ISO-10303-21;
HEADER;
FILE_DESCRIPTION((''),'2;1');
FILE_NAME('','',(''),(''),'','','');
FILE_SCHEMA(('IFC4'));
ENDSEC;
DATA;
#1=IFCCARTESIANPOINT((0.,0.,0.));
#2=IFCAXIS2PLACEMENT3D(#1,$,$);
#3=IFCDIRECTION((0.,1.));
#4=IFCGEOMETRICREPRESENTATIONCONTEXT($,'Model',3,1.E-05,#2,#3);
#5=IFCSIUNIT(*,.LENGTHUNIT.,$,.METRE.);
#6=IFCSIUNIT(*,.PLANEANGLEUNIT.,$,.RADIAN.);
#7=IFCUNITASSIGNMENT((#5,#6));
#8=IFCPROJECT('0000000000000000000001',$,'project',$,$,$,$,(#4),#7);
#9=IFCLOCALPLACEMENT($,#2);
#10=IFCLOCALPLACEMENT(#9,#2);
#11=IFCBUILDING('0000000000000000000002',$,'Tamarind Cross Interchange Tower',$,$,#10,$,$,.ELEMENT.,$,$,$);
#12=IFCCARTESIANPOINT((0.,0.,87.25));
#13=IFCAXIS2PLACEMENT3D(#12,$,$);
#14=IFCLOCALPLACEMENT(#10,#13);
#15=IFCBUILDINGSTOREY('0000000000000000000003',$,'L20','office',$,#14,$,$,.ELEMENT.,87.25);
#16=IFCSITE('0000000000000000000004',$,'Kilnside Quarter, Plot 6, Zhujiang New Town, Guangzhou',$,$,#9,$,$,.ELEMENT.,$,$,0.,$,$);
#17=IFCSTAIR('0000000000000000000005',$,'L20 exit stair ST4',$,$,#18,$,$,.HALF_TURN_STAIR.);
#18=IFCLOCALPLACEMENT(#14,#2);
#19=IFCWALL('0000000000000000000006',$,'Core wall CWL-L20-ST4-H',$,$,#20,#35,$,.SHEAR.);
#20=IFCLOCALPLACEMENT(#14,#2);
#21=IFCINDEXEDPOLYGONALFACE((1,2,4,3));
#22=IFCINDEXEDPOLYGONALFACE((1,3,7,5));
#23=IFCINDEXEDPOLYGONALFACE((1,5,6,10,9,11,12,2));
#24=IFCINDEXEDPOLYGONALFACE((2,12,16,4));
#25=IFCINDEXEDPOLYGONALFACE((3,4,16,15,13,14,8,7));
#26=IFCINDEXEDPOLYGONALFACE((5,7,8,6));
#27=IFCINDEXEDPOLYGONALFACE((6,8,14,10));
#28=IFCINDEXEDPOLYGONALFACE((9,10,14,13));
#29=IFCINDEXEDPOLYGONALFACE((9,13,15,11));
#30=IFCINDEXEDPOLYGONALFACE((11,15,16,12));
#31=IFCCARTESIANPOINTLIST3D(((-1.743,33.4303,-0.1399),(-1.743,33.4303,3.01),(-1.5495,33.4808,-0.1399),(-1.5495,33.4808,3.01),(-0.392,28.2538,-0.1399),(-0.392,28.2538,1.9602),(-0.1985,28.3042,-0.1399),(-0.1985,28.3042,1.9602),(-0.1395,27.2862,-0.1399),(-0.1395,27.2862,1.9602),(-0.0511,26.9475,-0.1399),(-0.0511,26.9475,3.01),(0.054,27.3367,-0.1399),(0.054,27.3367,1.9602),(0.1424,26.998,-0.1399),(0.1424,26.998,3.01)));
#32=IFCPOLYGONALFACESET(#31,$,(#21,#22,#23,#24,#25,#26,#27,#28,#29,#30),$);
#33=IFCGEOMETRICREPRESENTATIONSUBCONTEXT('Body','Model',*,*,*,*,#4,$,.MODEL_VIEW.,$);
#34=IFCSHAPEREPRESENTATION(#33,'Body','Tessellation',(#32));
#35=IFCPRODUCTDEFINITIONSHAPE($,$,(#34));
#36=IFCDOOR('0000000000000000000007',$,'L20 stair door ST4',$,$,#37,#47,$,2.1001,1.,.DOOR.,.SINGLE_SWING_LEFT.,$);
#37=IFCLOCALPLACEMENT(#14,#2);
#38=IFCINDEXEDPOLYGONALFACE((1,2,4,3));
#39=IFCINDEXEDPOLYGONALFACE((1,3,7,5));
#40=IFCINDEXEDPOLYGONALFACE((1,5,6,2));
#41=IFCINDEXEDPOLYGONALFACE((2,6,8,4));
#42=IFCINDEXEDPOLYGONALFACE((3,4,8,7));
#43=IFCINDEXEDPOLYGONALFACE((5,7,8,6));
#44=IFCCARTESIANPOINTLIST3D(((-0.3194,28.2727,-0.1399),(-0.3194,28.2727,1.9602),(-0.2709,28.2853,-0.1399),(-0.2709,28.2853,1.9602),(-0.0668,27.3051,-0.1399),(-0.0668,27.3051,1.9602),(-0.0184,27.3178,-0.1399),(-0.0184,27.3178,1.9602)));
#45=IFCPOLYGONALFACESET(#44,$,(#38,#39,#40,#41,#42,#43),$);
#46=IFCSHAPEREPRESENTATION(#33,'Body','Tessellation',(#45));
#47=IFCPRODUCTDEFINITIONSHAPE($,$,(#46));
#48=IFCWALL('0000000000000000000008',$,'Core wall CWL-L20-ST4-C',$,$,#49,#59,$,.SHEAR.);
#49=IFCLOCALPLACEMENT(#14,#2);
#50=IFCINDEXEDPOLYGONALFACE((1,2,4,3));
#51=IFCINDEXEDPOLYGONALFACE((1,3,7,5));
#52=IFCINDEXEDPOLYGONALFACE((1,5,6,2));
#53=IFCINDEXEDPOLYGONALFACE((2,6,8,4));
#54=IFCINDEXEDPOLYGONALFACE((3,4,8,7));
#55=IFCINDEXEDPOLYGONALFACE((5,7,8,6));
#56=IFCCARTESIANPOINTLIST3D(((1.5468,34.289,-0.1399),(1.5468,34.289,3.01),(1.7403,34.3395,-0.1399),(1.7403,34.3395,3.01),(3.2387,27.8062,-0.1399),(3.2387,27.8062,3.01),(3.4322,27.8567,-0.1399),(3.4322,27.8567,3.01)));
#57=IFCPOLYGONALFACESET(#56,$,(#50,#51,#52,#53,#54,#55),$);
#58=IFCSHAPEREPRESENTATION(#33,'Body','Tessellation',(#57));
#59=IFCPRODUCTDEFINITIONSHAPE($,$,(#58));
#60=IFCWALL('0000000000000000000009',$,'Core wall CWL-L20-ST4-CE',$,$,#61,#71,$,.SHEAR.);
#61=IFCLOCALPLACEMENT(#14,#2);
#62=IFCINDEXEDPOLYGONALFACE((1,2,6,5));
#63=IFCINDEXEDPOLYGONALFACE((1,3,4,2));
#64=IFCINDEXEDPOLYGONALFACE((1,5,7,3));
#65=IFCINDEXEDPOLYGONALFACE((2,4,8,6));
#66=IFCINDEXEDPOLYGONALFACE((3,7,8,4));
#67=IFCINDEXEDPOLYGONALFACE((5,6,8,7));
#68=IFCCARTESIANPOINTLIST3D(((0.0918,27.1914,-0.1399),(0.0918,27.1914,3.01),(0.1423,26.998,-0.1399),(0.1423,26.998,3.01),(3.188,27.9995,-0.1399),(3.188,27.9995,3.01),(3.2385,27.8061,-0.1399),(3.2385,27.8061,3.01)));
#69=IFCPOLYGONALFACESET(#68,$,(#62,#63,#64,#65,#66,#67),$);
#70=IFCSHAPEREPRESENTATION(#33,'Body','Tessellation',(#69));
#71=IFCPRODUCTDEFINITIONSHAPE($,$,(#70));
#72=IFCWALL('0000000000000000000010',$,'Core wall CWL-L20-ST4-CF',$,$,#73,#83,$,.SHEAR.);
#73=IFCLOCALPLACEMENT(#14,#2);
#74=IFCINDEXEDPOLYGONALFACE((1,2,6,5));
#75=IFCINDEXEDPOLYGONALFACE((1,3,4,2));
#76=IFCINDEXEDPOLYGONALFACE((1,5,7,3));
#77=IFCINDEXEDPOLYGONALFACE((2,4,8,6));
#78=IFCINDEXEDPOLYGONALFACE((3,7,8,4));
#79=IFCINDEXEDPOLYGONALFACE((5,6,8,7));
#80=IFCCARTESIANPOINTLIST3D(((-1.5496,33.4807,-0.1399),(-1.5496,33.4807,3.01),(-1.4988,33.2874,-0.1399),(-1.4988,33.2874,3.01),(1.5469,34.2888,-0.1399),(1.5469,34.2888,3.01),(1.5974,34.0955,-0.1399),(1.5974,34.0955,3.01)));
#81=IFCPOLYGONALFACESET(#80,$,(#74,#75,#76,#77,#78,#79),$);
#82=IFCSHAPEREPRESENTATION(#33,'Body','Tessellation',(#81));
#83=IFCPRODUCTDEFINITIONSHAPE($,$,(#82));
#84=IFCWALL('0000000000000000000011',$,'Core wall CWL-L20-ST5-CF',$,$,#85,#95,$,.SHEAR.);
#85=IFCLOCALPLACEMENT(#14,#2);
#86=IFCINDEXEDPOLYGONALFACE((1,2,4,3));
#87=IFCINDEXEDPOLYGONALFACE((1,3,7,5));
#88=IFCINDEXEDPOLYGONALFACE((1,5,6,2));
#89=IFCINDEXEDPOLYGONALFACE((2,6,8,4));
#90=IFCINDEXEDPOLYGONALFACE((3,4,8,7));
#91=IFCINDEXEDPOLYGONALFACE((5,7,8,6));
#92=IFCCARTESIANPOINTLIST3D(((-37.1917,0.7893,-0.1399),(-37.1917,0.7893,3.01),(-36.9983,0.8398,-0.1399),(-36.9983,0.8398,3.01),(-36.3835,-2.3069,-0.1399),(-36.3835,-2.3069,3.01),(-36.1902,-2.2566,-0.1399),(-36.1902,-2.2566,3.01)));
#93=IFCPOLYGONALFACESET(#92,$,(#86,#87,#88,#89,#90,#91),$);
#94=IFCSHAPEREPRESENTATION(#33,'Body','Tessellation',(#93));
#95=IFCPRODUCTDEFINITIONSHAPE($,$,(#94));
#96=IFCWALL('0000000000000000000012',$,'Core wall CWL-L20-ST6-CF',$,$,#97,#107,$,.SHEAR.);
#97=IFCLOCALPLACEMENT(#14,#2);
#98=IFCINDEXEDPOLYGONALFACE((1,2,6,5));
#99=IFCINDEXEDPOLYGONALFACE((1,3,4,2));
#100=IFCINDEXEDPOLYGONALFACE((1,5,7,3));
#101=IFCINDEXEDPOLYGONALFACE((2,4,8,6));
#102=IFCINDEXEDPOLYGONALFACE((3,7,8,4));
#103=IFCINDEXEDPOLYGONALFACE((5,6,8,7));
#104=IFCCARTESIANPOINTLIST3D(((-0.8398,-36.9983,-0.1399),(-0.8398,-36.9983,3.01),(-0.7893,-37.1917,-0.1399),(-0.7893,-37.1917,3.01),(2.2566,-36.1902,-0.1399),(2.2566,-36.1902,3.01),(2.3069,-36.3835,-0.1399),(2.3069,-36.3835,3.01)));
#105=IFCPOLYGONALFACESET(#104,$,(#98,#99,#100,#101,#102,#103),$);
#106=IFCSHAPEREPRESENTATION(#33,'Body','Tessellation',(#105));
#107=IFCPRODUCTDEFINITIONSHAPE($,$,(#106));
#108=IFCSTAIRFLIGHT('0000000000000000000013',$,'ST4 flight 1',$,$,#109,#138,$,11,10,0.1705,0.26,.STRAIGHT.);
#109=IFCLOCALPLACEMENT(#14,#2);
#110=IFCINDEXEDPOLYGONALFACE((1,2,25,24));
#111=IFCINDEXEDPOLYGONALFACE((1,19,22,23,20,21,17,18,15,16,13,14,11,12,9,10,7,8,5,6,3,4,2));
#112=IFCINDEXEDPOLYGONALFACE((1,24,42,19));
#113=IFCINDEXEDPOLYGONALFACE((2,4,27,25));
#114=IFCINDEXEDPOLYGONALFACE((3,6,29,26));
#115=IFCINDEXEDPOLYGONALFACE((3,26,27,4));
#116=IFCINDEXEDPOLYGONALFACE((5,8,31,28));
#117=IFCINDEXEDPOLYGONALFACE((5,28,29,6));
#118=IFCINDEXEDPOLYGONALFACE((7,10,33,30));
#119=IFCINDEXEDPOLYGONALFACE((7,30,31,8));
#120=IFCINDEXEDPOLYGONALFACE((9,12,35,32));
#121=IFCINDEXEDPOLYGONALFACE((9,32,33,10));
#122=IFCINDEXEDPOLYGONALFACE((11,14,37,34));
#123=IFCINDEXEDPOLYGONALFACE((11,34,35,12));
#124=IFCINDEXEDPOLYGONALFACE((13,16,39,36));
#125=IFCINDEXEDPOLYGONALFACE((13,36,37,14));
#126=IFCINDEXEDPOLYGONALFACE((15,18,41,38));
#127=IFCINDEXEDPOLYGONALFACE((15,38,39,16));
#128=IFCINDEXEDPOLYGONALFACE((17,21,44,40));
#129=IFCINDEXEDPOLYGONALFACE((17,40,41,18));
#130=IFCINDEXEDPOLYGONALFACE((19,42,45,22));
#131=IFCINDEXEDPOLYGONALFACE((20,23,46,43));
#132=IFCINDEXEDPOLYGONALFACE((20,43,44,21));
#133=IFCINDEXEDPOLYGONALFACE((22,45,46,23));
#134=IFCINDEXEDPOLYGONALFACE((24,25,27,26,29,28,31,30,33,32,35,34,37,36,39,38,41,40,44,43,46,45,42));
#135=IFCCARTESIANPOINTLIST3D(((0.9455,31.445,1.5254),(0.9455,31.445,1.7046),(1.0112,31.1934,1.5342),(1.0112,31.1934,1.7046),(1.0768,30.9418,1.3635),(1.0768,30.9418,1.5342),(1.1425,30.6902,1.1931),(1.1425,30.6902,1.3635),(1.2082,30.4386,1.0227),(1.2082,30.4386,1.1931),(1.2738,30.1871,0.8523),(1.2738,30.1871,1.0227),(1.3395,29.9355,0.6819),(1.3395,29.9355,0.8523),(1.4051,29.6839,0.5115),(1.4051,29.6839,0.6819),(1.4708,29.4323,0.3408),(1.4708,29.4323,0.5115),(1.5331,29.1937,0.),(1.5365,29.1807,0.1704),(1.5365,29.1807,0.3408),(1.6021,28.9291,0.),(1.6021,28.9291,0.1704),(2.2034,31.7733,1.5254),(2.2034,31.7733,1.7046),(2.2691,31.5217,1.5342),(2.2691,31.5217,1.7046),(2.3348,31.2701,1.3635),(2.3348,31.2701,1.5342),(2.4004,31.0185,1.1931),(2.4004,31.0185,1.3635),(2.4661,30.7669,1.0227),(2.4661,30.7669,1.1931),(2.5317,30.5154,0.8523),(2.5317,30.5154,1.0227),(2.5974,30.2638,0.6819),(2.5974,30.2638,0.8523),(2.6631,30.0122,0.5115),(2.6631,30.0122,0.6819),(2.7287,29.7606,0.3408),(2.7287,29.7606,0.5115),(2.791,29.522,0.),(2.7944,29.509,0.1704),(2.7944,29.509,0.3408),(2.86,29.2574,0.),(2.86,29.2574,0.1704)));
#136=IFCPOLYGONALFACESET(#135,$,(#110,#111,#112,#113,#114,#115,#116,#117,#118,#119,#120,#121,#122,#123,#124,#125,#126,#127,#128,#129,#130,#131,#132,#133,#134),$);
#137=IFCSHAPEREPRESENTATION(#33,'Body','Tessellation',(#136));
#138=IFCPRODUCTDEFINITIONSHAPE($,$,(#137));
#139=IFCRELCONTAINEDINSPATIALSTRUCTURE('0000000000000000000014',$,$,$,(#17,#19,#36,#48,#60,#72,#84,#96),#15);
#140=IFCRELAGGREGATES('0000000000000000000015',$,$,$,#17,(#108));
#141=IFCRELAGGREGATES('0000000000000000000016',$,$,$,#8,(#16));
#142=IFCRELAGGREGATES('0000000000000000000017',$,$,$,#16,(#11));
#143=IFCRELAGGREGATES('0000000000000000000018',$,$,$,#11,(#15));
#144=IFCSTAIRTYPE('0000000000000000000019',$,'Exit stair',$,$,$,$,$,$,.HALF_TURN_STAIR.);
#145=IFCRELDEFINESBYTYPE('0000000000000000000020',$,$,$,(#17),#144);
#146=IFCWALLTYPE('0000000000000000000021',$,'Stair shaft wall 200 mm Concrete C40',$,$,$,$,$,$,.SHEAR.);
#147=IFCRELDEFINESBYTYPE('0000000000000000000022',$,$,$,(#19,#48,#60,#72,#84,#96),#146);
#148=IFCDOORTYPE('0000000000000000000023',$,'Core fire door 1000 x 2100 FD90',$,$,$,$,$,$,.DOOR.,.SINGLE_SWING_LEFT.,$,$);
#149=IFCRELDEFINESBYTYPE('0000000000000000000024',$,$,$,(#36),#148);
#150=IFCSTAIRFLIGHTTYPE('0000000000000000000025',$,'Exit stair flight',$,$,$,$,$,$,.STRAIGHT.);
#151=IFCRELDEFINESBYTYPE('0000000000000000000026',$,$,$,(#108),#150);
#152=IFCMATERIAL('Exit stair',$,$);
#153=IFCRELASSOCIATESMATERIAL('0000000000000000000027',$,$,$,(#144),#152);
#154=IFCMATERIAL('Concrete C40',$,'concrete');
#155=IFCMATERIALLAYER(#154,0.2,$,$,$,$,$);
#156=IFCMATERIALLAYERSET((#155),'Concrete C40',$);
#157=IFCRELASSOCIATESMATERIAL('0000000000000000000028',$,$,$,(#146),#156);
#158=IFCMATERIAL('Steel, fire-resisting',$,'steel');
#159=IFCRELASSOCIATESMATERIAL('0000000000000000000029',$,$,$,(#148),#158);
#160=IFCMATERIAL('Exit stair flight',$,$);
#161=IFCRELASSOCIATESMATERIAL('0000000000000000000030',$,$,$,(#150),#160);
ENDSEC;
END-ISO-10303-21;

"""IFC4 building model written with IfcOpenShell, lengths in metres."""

from ifc_helpers import new_model, si_unit, direction, frame, frame_2d, origin, place, context, subcontext, project, spatial, polyline, rectangle, outline, extrude, material, layer, layer_set, type_object, element, fill, aggregate, save


model = new_model("IFC4")

# Units and contexts
model_context = context("Model", 3, precision=1e-05, world=origin(), true_north=direction((0.0, 1.0)))
body_context = subcontext(model_context, "Body", "Model", "MODEL_VIEW")
ifc_project = project(units=[si_unit("LENGTHUNIT", "METRE"), si_unit("PLANEANGLEUNIT", "RADIAN")], contexts=[model_context])

# Site, building, storey
site_placement = place(None, origin())
site = spatial("IfcSite", under=ifc_project, at=site_placement, Name="Kilnside Quarter, Plot 6, Zhujiang New Town, Guangzhou", CompositionType="ELEMENT", RefElevation=0.0)
building_placement = place(site_placement, origin())
building = spatial("IfcBuilding", under=site, at=building_placement, Name="Tamarind Cross Interchange Tower", CompositionType="ELEMENT")
storey_placement = place(building_placement, frame((0.0, 0.0, 87.25)))
storey = spatial("IfcBuildingStorey", under=building, at=storey_placement, Name="L20", Description="office", CompositionType="ELEMENT", Elevation=87.25)

# Stair
ifc_material_1 = material(Name="Exit stair")
stair_type = type_object("IfcStairType", Name="Exit stair", PredefinedType="HALF_TURN_STAIR", material=ifc_material_1)
ifc_material_2 = material(Name="Concrete C40", Category="concrete")
stair_1_placement = place(storey_placement, origin())
stair_1 = element("IfcStair", 1, at=stair_1_placement, inside=storey, type_object=stair_type, Name="L20 exit stair ST4", PredefinedType="HALF_TURN_STAIR")

# Shared definitions
ifc_layer_1 = layer(ifc_material_2, 0.2)
ifc_layer_set_1 = layer_set([ifc_layer_1], Name="Concrete C40")
wall_type_1 = type_object("IfcWallType", Name="Stair shaft wall 200 mm Concrete C40", PredefinedType="SHEAR", material=ifc_layer_set_1)

# Wall, opening, door
wall_1_placement = place(storey_placement, frame((0.0457, 26.9727, -0.1399), z_axis=(0.0, 0.0, 1.0), x_axis=(-0.25252, 0.967592, 0.0)))
wall_1 = element("IfcWall", 2, at=wall_1_placement, inside=storey, type_object=wall_type_1, Name="Core wall CWL-L20-ST4-H", PredefinedType="SHEAR", context=body_context, shape_type="SweptSolid", body=[
    extrude(rectangle(XDim=6.7, YDim=0.2, at=frame_2d((3.3501, 0.0))), origin(), (0.0, 0.0, 1.0), 3.1499),
])
opening_1_placement = place(wall_1_placement, frame((0.3501, 0.0, 0.0)))
opening_1 = element("IfcOpeningElement", 3, at=opening_1_placement, cuts=wall_1, PredefinedType="OPENING", context=body_context, shape_type="SweptSolid", body=[
    extrude(rectangle(XDim=1.0, YDim=2.1001, at=frame_2d((0.5, 1.05))), frame((0.0, 0.1099, 0.0), z_axis=(0.0, -1.0, 0.0), x_axis=(1.0, 0.0, 0.0)), (0.0, 0.0, 1.0), 0.22),
])
ifc_material_3 = material(Name="Steel, fire-resisting", Category="steel")
door_type_1 = type_object("IfcDoorType", Name="Core fire door 1000 x 2100 FD90", OperationType="SINGLE_SWING_LEFT", PredefinedType="DOOR", material=ifc_material_3)
door_1_placement = place(opening_1_placement, origin())
door_1 = element("IfcDoor", 4, at=door_1_placement, inside=storey, type_object=door_type_1, Name="L20 stair door ST4", OperationType="SINGLE_SWING_LEFT", OverallHeight=2.1001, OverallWidth=1.0, PredefinedType="DOOR", context=body_context, shape_type="SweptSolid", body=[
    extrude(rectangle(XDim=1.0, YDim=2.1001, at=frame_2d((0.5, 1.05))), frame((0.0, 0.0249, 0.0), z_axis=(0.0, -1.0, 0.0), x_axis=(1.0, 0.0, 0.0)), (0.0, 0.0, 1.0), 0.05),
])
fill(opening_1, door_1)

# Walls
wall_2_placement = place(storey_placement, frame((3.3354, 27.8313, -0.1399), z_axis=(0.0, 0.0, 1.0), x_axis=(-0.25252, 0.967592, 0.0)))
element("IfcWall", 5, at=wall_2_placement, inside=storey, type_object=wall_type_1, Name="Core wall CWL-L20-ST4-C", PredefinedType="SHEAR", context=body_context, shape_type="SweptSolid", body=[
    extrude(rectangle(XDim=6.7, YDim=0.2, at=frame_2d((3.3501, 0.0))), origin(), (0.0, 0.0, 1.0), 3.1499),
])
wall_3_placement = place(storey_placement, frame((3.2134, 27.9028, -0.1399), z_axis=(0.0, 0.0, 1.0), x_axis=(-0.967586, -0.25254, 0.0)))
element("IfcWall", 6, at=wall_3_placement, inside=storey, type_object=wall_type_1, Name="Core wall CWL-L20-ST4-CE", PredefinedType="SHEAR", context=body_context, shape_type="SweptSolid", body=[
    extrude(rectangle(XDim=3.2, YDim=0.2, at=frame_2d((1.6001, 0.0))), origin(), (0.0, 0.0, 1.0), 3.1499),
])
wall_4_placement = place(storey_placement, frame((0.0, 0.0, -0.1399)))
element("IfcWall", 7, at=wall_4_placement, inside=storey, type_object=wall_type_1, Name="Core wall CWL-L20-ST4-CF", PredefinedType="SHEAR", context=body_context, shape_type="SweptSolid", body=[
    extrude(outline(polyline([(1.5974, 34.0955), (1.5469, 34.2888), (-1.5496, 33.4807), (-1.4988, 33.2874), (1.5974, 34.0955)])), origin(), (0.0, 0.0, 1.0), 3.1499),
])
wall_5_placement = place(storey_placement, frame((0.0, 0.0, -0.1399)))
element("IfcWall", 8, at=wall_5_placement, inside=storey, type_object=wall_type_1, Name="Core wall CWL-L20-ST5-CF", PredefinedType="SHEAR", context=body_context, shape_type="SweptSolid", body=[
    extrude(outline(polyline([(-36.9983, 0.8398), (-37.1917, 0.7893), (-36.3835, -2.3069), (-36.1902, -2.2566), (-36.9983, 0.8398)])), origin(), (0.0, 0.0, 1.0), 3.1499),
])
wall_6_placement = place(storey_placement, frame((0.0, 0.0, -0.1399)))
element("IfcWall", 9, at=wall_6_placement, inside=storey, type_object=wall_type_1, Name="Core wall CWL-L20-ST6-CF", PredefinedType="SHEAR", context=body_context, shape_type="SweptSolid", body=[
    extrude(outline(polyline([(-0.8398, -36.9983), (-0.7893, -37.1917), (2.3069, -36.3835), (2.2566, -36.1902), (-0.8398, -36.9983)])), origin(), (0.0, 0.0, 1.0), 3.1499),
])

# Stair flight
ifc_material_4 = material(Name="Exit stair flight")
stair_flight_type = type_object("IfcStairFlightType", Name="Exit stair flight", PredefinedType="STRAIGHT", material=ifc_material_4)
stair_flight_placement = place(storey_placement, frame((2.231, 29.0933, 0.0), z_axis=(0.0, 0.0, 1.0), x_axis=(-0.252529, 0.967589, 0.0)))
stair_flight = element("IfcStairFlight", 10, at=stair_flight_placement, type_object=stair_flight_type, Name="ST4 flight 1", NumberOfRisers=11, NumberOfTreads=10, PredefinedType="STRAIGHT", RiserHeight=0.1705, TreadLength=0.26, context=body_context, shape_type="SweptSolid", body=[
    extrude(outline(polyline([(0.0, 0.0), (0.0, 0.1704), (0.26, 0.1704), (0.26, 0.3408), (0.52, 0.3408), (0.52, 0.5115), (0.78, 0.5115), (0.78, 0.6819), (1.04, 0.6819), (1.04, 0.8523), (1.3, 0.8523), (1.3, 1.0227), (1.5601, 1.0227), (1.5601, 1.1931), (1.8201, 1.1931), (1.8201, 1.3635), (2.0801, 1.3635), (2.0801, 1.5342), (2.3401, 1.5342), (2.3401, 1.7046), (2.6001, 1.7046), (2.6001, 1.875), (2.6001, 1.5254), (0.2734, 0.0), (0.0, 0.0)])), frame((0.0, 0.6499, 0.0), z_axis=(0.0, -1.0, 0.0), x_axis=(1.0, 0.0, 0.0)), (0.0, 0.0, 1.0), 1.3),
])
aggregate(stair_1, [stair_flight])

save(model, "model.ifc")
